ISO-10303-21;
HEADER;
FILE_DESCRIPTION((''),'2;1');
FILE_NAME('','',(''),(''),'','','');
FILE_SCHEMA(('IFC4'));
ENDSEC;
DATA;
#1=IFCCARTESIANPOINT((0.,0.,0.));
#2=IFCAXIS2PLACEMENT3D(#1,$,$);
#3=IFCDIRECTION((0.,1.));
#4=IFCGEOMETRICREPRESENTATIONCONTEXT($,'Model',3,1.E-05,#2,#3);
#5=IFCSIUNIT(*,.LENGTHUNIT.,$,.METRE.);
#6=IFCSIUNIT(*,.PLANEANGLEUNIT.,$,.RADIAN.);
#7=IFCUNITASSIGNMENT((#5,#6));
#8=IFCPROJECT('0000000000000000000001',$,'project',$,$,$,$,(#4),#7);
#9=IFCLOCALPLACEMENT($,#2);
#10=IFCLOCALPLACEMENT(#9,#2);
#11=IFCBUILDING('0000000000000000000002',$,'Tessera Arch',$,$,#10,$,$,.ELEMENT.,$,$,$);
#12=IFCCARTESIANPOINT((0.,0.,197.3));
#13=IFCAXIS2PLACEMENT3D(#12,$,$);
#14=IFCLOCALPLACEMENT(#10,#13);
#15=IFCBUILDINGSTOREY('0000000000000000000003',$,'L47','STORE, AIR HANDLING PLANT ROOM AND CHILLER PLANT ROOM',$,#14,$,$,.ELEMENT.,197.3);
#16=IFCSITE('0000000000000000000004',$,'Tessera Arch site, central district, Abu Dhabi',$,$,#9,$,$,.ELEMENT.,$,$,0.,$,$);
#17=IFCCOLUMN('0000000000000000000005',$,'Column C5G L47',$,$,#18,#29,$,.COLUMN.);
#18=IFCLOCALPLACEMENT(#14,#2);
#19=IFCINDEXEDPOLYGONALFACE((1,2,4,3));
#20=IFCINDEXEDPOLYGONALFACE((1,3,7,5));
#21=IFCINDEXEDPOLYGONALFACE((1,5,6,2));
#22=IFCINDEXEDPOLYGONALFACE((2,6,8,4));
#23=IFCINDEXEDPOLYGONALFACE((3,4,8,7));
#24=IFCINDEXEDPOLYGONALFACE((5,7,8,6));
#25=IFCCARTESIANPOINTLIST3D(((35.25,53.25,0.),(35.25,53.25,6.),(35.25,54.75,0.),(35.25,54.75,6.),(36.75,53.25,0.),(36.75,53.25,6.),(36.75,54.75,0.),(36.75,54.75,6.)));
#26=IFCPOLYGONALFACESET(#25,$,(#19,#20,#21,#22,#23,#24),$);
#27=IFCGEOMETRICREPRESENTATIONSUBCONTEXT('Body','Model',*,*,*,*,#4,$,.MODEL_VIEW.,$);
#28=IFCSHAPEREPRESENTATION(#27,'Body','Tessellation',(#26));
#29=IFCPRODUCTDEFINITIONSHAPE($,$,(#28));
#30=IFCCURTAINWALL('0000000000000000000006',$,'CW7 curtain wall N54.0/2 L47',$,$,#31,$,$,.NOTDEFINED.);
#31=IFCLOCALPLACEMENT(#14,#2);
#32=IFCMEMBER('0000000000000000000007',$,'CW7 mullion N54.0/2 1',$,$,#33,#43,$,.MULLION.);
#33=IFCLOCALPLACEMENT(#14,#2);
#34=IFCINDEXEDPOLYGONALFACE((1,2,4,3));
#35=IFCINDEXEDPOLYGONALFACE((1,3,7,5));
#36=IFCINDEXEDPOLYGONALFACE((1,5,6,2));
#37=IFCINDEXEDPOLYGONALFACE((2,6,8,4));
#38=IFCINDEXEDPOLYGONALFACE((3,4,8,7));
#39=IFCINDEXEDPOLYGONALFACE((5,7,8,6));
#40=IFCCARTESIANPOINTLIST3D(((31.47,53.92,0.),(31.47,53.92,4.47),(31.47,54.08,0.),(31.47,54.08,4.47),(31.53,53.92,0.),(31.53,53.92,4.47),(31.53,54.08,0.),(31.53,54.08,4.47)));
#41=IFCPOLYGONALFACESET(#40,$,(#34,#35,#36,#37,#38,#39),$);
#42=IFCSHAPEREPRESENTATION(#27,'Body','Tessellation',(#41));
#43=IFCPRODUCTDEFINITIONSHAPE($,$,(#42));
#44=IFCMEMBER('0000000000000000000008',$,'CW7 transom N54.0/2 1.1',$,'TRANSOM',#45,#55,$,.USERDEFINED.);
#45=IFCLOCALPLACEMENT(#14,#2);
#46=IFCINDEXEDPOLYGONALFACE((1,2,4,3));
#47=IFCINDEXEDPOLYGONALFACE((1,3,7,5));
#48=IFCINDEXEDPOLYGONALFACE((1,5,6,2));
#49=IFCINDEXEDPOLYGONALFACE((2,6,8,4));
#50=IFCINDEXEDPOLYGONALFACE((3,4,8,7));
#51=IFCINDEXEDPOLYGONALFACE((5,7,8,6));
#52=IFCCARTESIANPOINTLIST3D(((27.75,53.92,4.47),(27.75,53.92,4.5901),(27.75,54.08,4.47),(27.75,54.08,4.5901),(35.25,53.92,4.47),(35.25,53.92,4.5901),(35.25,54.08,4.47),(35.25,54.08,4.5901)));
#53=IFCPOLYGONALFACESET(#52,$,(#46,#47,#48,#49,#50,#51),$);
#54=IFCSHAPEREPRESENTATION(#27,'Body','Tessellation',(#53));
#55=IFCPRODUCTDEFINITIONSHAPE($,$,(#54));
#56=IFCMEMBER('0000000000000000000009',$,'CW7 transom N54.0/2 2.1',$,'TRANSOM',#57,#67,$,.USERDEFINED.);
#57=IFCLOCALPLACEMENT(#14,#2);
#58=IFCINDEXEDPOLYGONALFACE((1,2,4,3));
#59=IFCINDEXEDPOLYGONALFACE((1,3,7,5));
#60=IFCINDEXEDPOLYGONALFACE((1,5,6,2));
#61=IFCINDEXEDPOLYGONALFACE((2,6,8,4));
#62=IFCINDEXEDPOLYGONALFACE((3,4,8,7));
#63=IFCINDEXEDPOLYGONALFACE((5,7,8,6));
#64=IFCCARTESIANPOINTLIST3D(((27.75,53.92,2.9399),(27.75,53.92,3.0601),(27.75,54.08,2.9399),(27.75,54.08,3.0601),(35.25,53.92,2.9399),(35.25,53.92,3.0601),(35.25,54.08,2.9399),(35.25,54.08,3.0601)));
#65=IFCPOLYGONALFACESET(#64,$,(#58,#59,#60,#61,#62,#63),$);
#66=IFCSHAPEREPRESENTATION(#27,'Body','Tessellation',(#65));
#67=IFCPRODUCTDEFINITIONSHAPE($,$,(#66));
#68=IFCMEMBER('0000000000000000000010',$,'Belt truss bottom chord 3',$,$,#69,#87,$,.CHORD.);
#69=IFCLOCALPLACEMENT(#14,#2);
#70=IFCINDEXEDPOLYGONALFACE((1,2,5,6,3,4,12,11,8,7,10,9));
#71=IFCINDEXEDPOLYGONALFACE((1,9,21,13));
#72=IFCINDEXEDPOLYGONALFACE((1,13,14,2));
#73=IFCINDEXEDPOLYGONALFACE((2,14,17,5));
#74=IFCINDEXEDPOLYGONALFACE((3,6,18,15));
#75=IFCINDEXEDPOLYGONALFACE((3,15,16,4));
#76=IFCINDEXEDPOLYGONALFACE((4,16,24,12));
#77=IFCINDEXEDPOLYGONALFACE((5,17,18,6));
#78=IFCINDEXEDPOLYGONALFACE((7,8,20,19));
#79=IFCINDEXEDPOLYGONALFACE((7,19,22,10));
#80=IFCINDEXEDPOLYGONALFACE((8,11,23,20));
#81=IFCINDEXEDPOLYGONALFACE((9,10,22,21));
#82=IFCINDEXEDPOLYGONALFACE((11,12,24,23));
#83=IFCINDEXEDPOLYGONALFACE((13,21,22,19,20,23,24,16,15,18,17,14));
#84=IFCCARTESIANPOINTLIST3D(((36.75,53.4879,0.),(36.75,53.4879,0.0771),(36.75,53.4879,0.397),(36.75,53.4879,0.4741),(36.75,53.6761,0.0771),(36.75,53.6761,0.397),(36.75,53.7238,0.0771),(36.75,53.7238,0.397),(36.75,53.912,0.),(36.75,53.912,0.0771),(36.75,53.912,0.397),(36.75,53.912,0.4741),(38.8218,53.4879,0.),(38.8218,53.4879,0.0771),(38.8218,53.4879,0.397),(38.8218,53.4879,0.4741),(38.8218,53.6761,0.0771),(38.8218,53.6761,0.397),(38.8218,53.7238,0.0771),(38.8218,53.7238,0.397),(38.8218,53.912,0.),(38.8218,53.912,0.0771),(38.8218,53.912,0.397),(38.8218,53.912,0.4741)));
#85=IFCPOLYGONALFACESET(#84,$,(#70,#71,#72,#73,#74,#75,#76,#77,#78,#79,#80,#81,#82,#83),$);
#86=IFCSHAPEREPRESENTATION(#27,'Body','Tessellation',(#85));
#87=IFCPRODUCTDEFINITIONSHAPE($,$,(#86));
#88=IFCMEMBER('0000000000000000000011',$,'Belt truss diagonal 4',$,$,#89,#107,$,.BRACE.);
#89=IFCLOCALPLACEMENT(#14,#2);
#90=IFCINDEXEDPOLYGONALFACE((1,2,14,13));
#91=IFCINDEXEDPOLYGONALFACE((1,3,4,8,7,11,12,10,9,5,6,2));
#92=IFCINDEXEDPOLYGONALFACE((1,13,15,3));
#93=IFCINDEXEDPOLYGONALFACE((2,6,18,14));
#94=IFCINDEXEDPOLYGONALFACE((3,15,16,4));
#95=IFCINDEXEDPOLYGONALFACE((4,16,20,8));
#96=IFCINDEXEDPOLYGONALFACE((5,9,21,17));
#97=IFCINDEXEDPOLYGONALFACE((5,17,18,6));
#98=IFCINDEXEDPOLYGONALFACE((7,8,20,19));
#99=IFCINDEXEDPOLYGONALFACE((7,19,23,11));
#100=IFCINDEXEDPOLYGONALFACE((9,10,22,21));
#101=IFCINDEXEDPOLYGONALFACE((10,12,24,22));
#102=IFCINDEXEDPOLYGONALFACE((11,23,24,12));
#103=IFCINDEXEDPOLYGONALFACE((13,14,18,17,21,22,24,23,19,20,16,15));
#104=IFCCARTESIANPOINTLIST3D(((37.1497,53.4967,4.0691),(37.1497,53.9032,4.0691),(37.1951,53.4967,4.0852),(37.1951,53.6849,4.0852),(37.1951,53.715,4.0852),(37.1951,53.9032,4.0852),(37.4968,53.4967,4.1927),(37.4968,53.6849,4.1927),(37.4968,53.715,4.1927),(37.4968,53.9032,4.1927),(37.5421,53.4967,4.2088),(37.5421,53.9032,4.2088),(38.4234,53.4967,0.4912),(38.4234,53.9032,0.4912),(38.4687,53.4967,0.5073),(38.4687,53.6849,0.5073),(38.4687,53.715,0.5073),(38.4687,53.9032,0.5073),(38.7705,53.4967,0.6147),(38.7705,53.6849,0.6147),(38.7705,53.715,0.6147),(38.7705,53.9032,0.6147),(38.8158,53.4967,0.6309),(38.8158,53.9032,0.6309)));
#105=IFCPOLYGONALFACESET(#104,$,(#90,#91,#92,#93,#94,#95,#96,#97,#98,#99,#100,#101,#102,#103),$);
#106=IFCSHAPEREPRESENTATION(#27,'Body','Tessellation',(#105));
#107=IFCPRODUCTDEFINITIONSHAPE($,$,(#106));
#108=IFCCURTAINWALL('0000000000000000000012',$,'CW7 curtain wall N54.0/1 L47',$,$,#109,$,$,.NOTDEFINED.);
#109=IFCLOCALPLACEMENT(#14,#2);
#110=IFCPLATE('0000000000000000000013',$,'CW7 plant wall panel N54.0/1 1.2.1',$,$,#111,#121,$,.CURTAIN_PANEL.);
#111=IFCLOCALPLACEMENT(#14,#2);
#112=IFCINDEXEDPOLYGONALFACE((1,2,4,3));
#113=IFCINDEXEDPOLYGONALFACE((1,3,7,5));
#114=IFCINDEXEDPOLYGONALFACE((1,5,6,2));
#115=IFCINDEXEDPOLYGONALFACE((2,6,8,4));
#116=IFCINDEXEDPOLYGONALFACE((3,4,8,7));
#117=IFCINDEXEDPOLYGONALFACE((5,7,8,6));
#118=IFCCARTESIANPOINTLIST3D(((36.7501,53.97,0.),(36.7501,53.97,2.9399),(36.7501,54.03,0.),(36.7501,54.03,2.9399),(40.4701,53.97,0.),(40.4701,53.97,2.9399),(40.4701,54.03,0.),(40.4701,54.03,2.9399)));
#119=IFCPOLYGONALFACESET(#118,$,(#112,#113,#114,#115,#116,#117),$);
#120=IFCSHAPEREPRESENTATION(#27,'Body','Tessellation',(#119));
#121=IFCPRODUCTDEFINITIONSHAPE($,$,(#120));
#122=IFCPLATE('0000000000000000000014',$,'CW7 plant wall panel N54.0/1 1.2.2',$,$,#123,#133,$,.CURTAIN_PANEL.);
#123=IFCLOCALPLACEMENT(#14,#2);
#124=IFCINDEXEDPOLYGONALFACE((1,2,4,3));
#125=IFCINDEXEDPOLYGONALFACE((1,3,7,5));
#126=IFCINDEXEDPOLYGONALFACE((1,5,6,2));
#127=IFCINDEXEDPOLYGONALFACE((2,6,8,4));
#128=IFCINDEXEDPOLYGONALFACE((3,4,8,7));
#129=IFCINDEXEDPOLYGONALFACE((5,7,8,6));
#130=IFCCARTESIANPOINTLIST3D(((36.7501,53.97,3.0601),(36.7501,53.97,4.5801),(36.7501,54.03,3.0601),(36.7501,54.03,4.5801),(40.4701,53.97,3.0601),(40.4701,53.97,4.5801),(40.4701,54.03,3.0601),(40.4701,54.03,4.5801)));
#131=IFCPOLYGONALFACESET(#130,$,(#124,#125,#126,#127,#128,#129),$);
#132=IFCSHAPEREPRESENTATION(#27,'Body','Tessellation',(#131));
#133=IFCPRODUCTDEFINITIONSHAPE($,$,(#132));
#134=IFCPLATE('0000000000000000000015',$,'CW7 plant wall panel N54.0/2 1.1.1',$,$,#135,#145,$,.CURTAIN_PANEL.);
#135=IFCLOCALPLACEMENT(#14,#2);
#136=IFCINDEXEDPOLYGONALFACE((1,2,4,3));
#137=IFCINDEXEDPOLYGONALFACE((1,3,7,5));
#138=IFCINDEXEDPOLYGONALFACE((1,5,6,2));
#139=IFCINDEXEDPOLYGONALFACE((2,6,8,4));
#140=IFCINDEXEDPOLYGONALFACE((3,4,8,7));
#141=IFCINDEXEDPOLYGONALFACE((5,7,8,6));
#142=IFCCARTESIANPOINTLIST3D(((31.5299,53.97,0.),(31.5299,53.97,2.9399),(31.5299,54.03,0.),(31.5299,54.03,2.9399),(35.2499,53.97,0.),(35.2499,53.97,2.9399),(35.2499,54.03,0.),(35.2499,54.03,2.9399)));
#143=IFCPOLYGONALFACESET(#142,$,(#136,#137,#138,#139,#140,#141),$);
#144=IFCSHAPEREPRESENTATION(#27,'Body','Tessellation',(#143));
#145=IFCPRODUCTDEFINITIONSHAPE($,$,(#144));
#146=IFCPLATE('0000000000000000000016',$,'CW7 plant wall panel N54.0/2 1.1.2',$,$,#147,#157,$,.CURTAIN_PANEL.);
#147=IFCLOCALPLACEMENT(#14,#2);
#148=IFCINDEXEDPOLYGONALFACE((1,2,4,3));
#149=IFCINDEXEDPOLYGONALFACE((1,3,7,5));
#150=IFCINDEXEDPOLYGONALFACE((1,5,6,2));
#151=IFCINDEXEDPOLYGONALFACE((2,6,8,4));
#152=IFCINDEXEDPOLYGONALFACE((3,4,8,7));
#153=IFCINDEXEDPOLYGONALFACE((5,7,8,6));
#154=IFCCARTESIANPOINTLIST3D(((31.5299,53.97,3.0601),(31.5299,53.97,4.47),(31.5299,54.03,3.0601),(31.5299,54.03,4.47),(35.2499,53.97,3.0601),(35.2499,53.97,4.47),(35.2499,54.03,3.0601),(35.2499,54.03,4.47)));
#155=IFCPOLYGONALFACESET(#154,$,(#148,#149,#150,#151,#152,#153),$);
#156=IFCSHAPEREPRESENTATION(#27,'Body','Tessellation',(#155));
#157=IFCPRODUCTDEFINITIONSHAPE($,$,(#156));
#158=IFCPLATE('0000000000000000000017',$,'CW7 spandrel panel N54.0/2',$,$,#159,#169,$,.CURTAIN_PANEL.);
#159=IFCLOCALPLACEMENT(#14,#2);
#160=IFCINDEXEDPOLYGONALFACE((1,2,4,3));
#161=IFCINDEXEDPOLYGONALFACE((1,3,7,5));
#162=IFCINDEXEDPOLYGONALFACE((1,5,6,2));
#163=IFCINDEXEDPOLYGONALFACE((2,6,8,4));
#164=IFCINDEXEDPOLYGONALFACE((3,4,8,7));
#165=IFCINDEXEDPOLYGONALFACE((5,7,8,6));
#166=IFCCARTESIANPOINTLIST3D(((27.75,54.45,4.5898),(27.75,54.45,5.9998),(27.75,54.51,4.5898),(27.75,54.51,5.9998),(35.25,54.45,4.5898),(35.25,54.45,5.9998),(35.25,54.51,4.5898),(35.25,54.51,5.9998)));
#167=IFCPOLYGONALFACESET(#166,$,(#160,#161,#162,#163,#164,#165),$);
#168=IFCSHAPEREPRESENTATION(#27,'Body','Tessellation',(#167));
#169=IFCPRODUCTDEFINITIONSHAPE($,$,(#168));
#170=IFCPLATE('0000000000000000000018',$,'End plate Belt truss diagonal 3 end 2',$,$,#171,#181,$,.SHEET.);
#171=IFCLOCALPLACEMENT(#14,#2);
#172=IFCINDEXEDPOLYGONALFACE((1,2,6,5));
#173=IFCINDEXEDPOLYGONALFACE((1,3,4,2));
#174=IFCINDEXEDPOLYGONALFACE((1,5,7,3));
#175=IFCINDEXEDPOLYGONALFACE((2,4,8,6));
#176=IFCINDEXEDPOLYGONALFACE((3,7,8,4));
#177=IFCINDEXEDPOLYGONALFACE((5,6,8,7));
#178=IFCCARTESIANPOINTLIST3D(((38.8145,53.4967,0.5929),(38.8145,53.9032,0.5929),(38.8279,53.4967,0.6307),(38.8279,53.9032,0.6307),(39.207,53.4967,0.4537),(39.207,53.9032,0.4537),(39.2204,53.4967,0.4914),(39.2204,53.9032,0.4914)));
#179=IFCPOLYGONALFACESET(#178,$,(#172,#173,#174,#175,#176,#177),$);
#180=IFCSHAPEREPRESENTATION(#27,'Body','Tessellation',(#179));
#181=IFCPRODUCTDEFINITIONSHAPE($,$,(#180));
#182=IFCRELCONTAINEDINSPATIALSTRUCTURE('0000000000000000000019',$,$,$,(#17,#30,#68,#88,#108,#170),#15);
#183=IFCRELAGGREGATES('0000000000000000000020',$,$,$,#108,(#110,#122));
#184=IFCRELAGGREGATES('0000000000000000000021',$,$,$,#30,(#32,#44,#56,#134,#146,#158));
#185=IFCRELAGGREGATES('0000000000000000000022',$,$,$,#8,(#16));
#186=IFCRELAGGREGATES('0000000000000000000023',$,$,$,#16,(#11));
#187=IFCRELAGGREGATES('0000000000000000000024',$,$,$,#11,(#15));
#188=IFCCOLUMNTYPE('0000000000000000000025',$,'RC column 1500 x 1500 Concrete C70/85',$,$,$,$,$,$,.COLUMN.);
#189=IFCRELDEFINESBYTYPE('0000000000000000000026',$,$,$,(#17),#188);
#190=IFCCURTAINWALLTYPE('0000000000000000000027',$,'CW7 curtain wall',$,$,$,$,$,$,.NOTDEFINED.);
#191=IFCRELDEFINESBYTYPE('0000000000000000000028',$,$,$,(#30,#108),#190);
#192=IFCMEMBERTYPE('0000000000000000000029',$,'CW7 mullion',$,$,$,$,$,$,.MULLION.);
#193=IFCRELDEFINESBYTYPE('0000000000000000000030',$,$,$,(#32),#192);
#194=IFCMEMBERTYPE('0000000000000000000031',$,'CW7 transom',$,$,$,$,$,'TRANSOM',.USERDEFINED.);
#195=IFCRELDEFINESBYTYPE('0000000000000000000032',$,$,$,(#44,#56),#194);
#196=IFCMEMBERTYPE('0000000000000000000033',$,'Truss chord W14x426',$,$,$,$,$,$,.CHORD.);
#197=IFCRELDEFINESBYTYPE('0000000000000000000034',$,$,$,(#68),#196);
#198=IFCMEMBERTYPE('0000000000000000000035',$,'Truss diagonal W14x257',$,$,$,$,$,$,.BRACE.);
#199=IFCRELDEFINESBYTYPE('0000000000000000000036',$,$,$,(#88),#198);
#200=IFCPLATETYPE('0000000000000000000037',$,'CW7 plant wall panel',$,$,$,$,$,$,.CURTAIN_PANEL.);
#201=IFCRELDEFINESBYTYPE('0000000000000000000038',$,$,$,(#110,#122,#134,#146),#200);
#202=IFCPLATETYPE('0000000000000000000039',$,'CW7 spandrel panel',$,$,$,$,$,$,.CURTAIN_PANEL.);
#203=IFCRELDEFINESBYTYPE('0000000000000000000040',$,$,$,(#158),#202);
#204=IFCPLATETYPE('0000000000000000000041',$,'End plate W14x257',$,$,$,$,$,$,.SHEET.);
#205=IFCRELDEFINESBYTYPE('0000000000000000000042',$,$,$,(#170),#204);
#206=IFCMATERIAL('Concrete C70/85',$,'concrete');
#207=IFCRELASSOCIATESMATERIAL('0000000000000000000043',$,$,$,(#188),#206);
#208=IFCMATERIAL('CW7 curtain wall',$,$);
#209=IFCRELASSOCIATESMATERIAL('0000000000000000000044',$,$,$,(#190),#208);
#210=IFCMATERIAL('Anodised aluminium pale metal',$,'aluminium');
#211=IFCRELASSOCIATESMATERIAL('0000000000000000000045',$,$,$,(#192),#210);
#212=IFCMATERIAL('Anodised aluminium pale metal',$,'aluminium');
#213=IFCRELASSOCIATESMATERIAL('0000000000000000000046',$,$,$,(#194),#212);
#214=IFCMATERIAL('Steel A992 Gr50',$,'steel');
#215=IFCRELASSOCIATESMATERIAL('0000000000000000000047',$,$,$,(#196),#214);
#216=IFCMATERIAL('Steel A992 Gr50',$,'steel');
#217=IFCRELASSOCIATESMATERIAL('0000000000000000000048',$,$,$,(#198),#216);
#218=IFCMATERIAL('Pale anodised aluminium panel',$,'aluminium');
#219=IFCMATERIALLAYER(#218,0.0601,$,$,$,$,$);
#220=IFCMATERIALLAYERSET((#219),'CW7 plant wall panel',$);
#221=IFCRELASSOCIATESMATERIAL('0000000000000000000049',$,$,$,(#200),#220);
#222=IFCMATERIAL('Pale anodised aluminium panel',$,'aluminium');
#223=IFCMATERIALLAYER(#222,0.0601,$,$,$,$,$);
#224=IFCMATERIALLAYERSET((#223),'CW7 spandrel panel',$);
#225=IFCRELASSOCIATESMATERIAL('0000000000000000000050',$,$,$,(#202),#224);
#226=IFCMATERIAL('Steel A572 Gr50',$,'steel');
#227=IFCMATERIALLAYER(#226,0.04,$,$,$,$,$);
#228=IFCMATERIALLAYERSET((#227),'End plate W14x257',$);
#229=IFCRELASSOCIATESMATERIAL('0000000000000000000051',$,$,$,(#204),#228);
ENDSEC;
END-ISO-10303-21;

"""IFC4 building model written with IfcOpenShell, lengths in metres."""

from ifc_helpers import new_model, si_unit, direction, frame, origin, origin_2d, place, context, subcontext, project, spatial, rectangle, i_section, extrude, material, layer, layer_set, material_profile, profile_set, type_object, element, aggregate, save


model = new_model("IFC4")

# Units and contexts
model_context = context("Model", 3, precision=1e-05, world=origin(), true_north=direction((0.0, 1.0)))
body_context = subcontext(model_context, "Body", "Model", "MODEL_VIEW")
ifc_project = project(units=[si_unit("LENGTHUNIT", "METRE"), si_unit("PLANEANGLEUNIT", "RADIAN")], contexts=[model_context])

# Site, building, storey
site_placement = place(None, origin())
site = spatial("IfcSite", under=ifc_project, at=site_placement, Name="Tessera Arch site, central district, Abu Dhabi", CompositionType="ELEMENT", RefElevation=0.0)
building_placement = place(site_placement, origin())
building = spatial("IfcBuilding", under=site, at=building_placement, Name="Tessera Arch", CompositionType="ELEMENT")
storey_placement = place(building_placement, frame((0.0, 0.0, 197.3)))
storey = spatial("IfcBuildingStorey", under=building, at=storey_placement, Name="L47", Description="STORE, AIR HANDLING PLANT ROOM AND CHILLER PLANT ROOM", CompositionType="ELEMENT", Elevation=197.3)

# Column
ifc_material_1 = material(Name="Concrete C70/85", Category="concrete")
ifc_material_profile_1 = material_profile(ifc_material_1, rectangle(XDim=1.5, YDim=1.5, at=origin_2d()), Name="RC column 1500 x 1500 Concrete C70/85")
ifc_profile_set_1 = profile_set([ifc_material_profile_1], Name="Concrete C70/85")
column_type = type_object("IfcColumnType", Name="RC column 1500 x 1500 Concrete C70/85", PredefinedType="COLUMN", material=ifc_profile_set_1)
column_placement = place(storey_placement, frame((36.0, 54.0, 0.0), z_axis=(0.0, 0.0, 1.0), x_axis=(1.0, 0.0, 0.0)))
element("IfcColumn", 1, at=column_placement, inside=storey, type_object=column_type, Name="Column C5G L47", PredefinedType="COLUMN", context=body_context, shape_type="SweptSolid", body=[
    extrude(rectangle(XDim=1.5, YDim=1.5, at=origin_2d()), origin(), (0.0, 0.0, 1.0), 6.0),
])

# Curtain wall, members
ifc_material_2 = material(Name="CW7 curtain wall")
curtain_wall_type = type_object("IfcCurtainWallType", Name="CW7 curtain wall", PredefinedType="NOTDEFINED", material=ifc_material_2)
curtain_wall_1_placement = place(storey_placement, origin())
curtain_wall_1 = element("IfcCurtainWall", 2, at=curtain_wall_1_placement, inside=storey, type_object=curtain_wall_type, Name="CW7 curtain wall N54.0/2 L47", PredefinedType="NOTDEFINED")
ifc_material_3 = material(Name="Anodised aluminium pale metal", Category="aluminium")
ifc_material_profile_2 = material_profile(ifc_material_3, rectangle(XDim=0.1599, YDim=0.0601, at=origin_2d()), Name="AL 60x160")
ifc_profile_set_2 = profile_set([ifc_material_profile_2], Name="Anodised aluminium pale metal")
member_type_1 = type_object("IfcMemberType", Name="CW7 mullion", PredefinedType="MULLION", material=ifc_profile_set_2)
member_1_placement = place(storey_placement, frame((31.5, 54.0, 0.0), z_axis=(0.0, 0.0, 1.0), x_axis=(0.0, -1.0, 0.0)))
member_1 = element("IfcMember", 3, at=member_1_placement, type_object=member_type_1, Name="CW7 mullion N54.0/2 1", PredefinedType="MULLION", context=body_context, shape_type="SweptSolid", body=[
    extrude(rectangle(XDim=0.1599, YDim=0.0601, at=origin_2d()), origin(), (0.0, 0.0, 1.0), 4.47),
])
ifc_material_4 = material(Name="Anodised aluminium pale metal", Category="aluminium")
ifc_material_profile_3 = material_profile(ifc_material_4, rectangle(XDim=0.1599, YDim=0.1201, at=origin_2d()), Name="AL 160x120")
ifc_profile_set_3 = profile_set([ifc_material_profile_3], Name="Anodised aluminium pale metal")
member_type_2 = type_object("IfcMemberType", Name="CW7 transom", ElementType="TRANSOM", PredefinedType="USERDEFINED", material=ifc_profile_set_3)
member_2_placement = place(storey_placement, frame((35.25, 54.0, 4.53), z_axis=(-1.0, 0.0, 0.0), x_axis=(0.0, -1.0, 0.0)))
member_2 = element("IfcMember", 4, at=member_2_placement, type_object=member_type_2, Name="CW7 transom N54.0/2 1.1", ObjectType="TRANSOM", PredefinedType="USERDEFINED", context=body_context, shape_type="SweptSolid", body=[
    extrude(rectangle(XDim=0.1599, YDim=0.1201, at=origin_2d()), origin(), (0.0, 0.0, 1.0), 7.5),
])
member_3_placement = place(storey_placement, frame((35.25, 54.0, 3.0), z_axis=(-1.0, 0.0, 0.0), x_axis=(0.0, -1.0, 0.0)))
member_3 = element("IfcMember", 5, at=member_3_placement, type_object=member_type_2, Name="CW7 transom N54.0/2 2.1", ObjectType="TRANSOM", PredefinedType="USERDEFINED", context=body_context, shape_type="SweptSolid", body=[
    extrude(rectangle(XDim=0.1599, YDim=0.1201, at=origin_2d()), origin(), (0.0, 0.0, 1.0), 7.5),
])

# Members
ifc_material_5 = material(Name="Steel A992 Gr50", Category="steel")
ifc_material_profile_4 = material_profile(ifc_material_5, i_section(OverallWidth=0.4241, OverallDepth=0.4741, WebThickness=0.0476, FlangeThickness=0.0771, at=origin_2d()), Name="W14x426")
ifc_profile_set_4 = profile_set([ifc_material_profile_4], Name="Steel A992 Gr50")
member_type_3 = type_object("IfcMemberType", Name="Truss chord W14x426", PredefinedType="CHORD", material=ifc_profile_set_4)
member_4_placement = place(storey_placement, frame((38.8218, 53.7, 0.2371), z_axis=(-1.0, 0.0, 0.0), x_axis=(0.0, -1.0, 0.0)))
element("IfcMember", 6, at=member_4_placement, inside=storey, type_object=member_type_3, Name="Belt truss bottom chord 3", PredefinedType="CHORD", context=body_context, shape_type="SweptSolid", body=[
    extrude(i_section(OverallWidth=0.4241, OverallDepth=0.4741, WebThickness=0.0476, FlangeThickness=0.0771, at=origin_2d()), origin(), (0.0, 0.0, 1.0), 2.0718),
])
ifc_material_6 = material(Name="Steel A992 Gr50", Category="steel")
ifc_material_profile_5 = material_profile(ifc_material_6, i_section(OverallWidth=0.4065, OverallDepth=0.4165, WebThickness=0.03, FlangeThickness=0.0481, at=origin_2d()), Name="W14x257")
ifc_profile_set_5 = profile_set([ifc_material_profile_5], Name="Steel A992 Gr50")
member_type_4 = type_object("IfcMemberType", Name="Truss diagonal W14x257", PredefinedType="BRACE", material=ifc_profile_set_5)
member_5_placement = place(storey_placement, frame((38.6196, 53.7, 0.561), z_axis=(-0.335371, 0.0, 0.942086), x_axis=(0.0, -1.0, 0.0)))
element("IfcMember", 7, at=member_5_placement, inside=storey, type_object=member_type_4, Name="Belt truss diagonal 4", PredefinedType="BRACE", context=body_context, shape_type="SweptSolid", body=[
    extrude(i_section(OverallWidth=0.4065, OverallDepth=0.4165, WebThickness=0.03, FlangeThickness=0.0481, at=origin_2d()), origin(), (0.0, 0.0, 1.0), 3.7979),
])

# Curtain wall, plates
curtain_wall_2_placement = place(storey_placement, origin())
curtain_wall_2 = element("IfcCurtainWall", 8, at=curtain_wall_2_placement, inside=storey, type_object=curtain_wall_type, Name="CW7 curtain wall N54.0/1 L47", PredefinedType="NOTDEFINED")
ifc_material_7 = material(Name="Pale anodised aluminium panel", Category="aluminium")
ifc_layer_1 = layer(ifc_material_7, 0.0601)
ifc_layer_set_1 = layer_set([ifc_layer_1], Name="CW7 plant wall panel")
plate_type_1 = type_object("IfcPlateType", Name="CW7 plant wall panel", PredefinedType="CURTAIN_PANEL", material=ifc_layer_set_1)
plate_1_placement = place(storey_placement, frame((38.6101, 54.0, 0.0), z_axis=(0.0, 0.0, 1.0), x_axis=(-1.0, 0.0, 0.0)))
plate_1 = element("IfcPlate", 9, at=plate_1_placement, type_object=plate_type_1, Name="CW7 plant wall panel N54.0/1 1.2.1", PredefinedType="CURTAIN_PANEL", context=body_context, shape_type="SweptSolid", body=[
    extrude(rectangle(XDim=3.72, YDim=0.0601, at=origin_2d()), origin(), (0.0, 0.0, 1.0), 2.9399),
])
plate_2_placement = place(storey_placement, frame((38.6101, 54.0, 3.0601), z_axis=(0.0, 0.0, 1.0), x_axis=(-1.0, 0.0, 0.0)))
plate_2 = element("IfcPlate", 10, at=plate_2_placement, type_object=plate_type_1, Name="CW7 plant wall panel N54.0/1 1.2.2", PredefinedType="CURTAIN_PANEL", context=body_context, shape_type="SweptSolid", body=[
    extrude(rectangle(XDim=3.72, YDim=0.0601, at=origin_2d()), origin(), (0.0, 0.0, 1.0), 1.52),
])
aggregate(curtain_wall_2, [plate_1, plate_2])

# Plates
plate_3_placement = place(storey_placement, frame((33.3899, 54.0, 0.0), z_axis=(0.0, 0.0, 1.0), x_axis=(-1.0, 0.0, 0.0)))
plate_3 = element("IfcPlate", 11, at=plate_3_placement, type_object=plate_type_1, Name="CW7 plant wall panel N54.0/2 1.1.1", PredefinedType="CURTAIN_PANEL", context=body_context, shape_type="SweptSolid", body=[
    extrude(rectangle(XDim=3.72, YDim=0.0601, at=origin_2d()), origin(), (0.0, 0.0, 1.0), 2.9399),
])
plate_4_placement = place(storey_placement, frame((33.3899, 54.0, 3.0601), z_axis=(0.0, 0.0, 1.0), x_axis=(-1.0, 0.0, 0.0)))
plate_4 = element("IfcPlate", 12, at=plate_4_placement, type_object=plate_type_1, Name="CW7 plant wall panel N54.0/2 1.1.2", PredefinedType="CURTAIN_PANEL", context=body_context, shape_type="SweptSolid", body=[
    extrude(rectangle(XDim=3.72, YDim=0.0601, at=origin_2d()), origin(), (0.0, 0.0, 1.0), 1.4099),
])
ifc_material_8 = material(Name="Pale anodised aluminium panel", Category="aluminium")
ifc_layer_2 = layer(ifc_material_8, 0.0601)
ifc_layer_set_2 = layer_set([ifc_layer_2], Name="CW7 spandrel panel")
plate_type_2 = type_object("IfcPlateType", Name="CW7 spandrel panel", PredefinedType="CURTAIN_PANEL", material=ifc_layer_set_2)
plate_5_placement = place(storey_placement, frame((31.5, 54.48, 4.5898), z_axis=(0.0, 0.0, 1.0), x_axis=(-1.0, 0.0, 0.0)))
plate_5 = element("IfcPlate", 13, at=plate_5_placement, type_object=plate_type_2, Name="CW7 spandrel panel N54.0/2", PredefinedType="CURTAIN_PANEL", context=body_context, shape_type="SweptSolid", body=[
    extrude(rectangle(XDim=7.5, YDim=0.0601, at=origin_2d()), origin(), (0.0, 0.0, 1.0), 1.4099),
])
aggregate(curtain_wall_1, [member_1, member_2, member_3, plate_3, plate_4, plate_5])

# Plate
ifc_material_9 = material(Name="Steel A572 Gr50", Category="steel")
ifc_layer_3 = layer(ifc_material_9, 0.04)
ifc_layer_set_3 = layer_set([ifc_layer_3], Name="End plate W14x257")
plate_type_3 = type_object("IfcPlateType", Name="End plate W14x257", PredefinedType="SHEET", material=ifc_layer_set_3)
for number, where, z_axis, x_axis, name in (
    (14, (39.0242, 53.7, 0.561), (-0.33441, 0.0, -0.942428), (0.0, -1.0, 0.0), "End plate Belt truss diagonal 3 end 2"),
):
    element("IfcPlate", number, at=place(storey_placement, frame(where, z_axis=z_axis, x_axis=x_axis)), inside=storey, type_object=plate_type_3, Name=name, PredefinedType="SHEET", context=body_context, shape_type="SweptSolid", body=[
        extrude(rectangle(XDim=0.4065, YDim=0.4165, at=origin_2d()), origin(), (0.0, 0.0, 1.0), 0.04),
    ])

save(model, "model.ifc")
